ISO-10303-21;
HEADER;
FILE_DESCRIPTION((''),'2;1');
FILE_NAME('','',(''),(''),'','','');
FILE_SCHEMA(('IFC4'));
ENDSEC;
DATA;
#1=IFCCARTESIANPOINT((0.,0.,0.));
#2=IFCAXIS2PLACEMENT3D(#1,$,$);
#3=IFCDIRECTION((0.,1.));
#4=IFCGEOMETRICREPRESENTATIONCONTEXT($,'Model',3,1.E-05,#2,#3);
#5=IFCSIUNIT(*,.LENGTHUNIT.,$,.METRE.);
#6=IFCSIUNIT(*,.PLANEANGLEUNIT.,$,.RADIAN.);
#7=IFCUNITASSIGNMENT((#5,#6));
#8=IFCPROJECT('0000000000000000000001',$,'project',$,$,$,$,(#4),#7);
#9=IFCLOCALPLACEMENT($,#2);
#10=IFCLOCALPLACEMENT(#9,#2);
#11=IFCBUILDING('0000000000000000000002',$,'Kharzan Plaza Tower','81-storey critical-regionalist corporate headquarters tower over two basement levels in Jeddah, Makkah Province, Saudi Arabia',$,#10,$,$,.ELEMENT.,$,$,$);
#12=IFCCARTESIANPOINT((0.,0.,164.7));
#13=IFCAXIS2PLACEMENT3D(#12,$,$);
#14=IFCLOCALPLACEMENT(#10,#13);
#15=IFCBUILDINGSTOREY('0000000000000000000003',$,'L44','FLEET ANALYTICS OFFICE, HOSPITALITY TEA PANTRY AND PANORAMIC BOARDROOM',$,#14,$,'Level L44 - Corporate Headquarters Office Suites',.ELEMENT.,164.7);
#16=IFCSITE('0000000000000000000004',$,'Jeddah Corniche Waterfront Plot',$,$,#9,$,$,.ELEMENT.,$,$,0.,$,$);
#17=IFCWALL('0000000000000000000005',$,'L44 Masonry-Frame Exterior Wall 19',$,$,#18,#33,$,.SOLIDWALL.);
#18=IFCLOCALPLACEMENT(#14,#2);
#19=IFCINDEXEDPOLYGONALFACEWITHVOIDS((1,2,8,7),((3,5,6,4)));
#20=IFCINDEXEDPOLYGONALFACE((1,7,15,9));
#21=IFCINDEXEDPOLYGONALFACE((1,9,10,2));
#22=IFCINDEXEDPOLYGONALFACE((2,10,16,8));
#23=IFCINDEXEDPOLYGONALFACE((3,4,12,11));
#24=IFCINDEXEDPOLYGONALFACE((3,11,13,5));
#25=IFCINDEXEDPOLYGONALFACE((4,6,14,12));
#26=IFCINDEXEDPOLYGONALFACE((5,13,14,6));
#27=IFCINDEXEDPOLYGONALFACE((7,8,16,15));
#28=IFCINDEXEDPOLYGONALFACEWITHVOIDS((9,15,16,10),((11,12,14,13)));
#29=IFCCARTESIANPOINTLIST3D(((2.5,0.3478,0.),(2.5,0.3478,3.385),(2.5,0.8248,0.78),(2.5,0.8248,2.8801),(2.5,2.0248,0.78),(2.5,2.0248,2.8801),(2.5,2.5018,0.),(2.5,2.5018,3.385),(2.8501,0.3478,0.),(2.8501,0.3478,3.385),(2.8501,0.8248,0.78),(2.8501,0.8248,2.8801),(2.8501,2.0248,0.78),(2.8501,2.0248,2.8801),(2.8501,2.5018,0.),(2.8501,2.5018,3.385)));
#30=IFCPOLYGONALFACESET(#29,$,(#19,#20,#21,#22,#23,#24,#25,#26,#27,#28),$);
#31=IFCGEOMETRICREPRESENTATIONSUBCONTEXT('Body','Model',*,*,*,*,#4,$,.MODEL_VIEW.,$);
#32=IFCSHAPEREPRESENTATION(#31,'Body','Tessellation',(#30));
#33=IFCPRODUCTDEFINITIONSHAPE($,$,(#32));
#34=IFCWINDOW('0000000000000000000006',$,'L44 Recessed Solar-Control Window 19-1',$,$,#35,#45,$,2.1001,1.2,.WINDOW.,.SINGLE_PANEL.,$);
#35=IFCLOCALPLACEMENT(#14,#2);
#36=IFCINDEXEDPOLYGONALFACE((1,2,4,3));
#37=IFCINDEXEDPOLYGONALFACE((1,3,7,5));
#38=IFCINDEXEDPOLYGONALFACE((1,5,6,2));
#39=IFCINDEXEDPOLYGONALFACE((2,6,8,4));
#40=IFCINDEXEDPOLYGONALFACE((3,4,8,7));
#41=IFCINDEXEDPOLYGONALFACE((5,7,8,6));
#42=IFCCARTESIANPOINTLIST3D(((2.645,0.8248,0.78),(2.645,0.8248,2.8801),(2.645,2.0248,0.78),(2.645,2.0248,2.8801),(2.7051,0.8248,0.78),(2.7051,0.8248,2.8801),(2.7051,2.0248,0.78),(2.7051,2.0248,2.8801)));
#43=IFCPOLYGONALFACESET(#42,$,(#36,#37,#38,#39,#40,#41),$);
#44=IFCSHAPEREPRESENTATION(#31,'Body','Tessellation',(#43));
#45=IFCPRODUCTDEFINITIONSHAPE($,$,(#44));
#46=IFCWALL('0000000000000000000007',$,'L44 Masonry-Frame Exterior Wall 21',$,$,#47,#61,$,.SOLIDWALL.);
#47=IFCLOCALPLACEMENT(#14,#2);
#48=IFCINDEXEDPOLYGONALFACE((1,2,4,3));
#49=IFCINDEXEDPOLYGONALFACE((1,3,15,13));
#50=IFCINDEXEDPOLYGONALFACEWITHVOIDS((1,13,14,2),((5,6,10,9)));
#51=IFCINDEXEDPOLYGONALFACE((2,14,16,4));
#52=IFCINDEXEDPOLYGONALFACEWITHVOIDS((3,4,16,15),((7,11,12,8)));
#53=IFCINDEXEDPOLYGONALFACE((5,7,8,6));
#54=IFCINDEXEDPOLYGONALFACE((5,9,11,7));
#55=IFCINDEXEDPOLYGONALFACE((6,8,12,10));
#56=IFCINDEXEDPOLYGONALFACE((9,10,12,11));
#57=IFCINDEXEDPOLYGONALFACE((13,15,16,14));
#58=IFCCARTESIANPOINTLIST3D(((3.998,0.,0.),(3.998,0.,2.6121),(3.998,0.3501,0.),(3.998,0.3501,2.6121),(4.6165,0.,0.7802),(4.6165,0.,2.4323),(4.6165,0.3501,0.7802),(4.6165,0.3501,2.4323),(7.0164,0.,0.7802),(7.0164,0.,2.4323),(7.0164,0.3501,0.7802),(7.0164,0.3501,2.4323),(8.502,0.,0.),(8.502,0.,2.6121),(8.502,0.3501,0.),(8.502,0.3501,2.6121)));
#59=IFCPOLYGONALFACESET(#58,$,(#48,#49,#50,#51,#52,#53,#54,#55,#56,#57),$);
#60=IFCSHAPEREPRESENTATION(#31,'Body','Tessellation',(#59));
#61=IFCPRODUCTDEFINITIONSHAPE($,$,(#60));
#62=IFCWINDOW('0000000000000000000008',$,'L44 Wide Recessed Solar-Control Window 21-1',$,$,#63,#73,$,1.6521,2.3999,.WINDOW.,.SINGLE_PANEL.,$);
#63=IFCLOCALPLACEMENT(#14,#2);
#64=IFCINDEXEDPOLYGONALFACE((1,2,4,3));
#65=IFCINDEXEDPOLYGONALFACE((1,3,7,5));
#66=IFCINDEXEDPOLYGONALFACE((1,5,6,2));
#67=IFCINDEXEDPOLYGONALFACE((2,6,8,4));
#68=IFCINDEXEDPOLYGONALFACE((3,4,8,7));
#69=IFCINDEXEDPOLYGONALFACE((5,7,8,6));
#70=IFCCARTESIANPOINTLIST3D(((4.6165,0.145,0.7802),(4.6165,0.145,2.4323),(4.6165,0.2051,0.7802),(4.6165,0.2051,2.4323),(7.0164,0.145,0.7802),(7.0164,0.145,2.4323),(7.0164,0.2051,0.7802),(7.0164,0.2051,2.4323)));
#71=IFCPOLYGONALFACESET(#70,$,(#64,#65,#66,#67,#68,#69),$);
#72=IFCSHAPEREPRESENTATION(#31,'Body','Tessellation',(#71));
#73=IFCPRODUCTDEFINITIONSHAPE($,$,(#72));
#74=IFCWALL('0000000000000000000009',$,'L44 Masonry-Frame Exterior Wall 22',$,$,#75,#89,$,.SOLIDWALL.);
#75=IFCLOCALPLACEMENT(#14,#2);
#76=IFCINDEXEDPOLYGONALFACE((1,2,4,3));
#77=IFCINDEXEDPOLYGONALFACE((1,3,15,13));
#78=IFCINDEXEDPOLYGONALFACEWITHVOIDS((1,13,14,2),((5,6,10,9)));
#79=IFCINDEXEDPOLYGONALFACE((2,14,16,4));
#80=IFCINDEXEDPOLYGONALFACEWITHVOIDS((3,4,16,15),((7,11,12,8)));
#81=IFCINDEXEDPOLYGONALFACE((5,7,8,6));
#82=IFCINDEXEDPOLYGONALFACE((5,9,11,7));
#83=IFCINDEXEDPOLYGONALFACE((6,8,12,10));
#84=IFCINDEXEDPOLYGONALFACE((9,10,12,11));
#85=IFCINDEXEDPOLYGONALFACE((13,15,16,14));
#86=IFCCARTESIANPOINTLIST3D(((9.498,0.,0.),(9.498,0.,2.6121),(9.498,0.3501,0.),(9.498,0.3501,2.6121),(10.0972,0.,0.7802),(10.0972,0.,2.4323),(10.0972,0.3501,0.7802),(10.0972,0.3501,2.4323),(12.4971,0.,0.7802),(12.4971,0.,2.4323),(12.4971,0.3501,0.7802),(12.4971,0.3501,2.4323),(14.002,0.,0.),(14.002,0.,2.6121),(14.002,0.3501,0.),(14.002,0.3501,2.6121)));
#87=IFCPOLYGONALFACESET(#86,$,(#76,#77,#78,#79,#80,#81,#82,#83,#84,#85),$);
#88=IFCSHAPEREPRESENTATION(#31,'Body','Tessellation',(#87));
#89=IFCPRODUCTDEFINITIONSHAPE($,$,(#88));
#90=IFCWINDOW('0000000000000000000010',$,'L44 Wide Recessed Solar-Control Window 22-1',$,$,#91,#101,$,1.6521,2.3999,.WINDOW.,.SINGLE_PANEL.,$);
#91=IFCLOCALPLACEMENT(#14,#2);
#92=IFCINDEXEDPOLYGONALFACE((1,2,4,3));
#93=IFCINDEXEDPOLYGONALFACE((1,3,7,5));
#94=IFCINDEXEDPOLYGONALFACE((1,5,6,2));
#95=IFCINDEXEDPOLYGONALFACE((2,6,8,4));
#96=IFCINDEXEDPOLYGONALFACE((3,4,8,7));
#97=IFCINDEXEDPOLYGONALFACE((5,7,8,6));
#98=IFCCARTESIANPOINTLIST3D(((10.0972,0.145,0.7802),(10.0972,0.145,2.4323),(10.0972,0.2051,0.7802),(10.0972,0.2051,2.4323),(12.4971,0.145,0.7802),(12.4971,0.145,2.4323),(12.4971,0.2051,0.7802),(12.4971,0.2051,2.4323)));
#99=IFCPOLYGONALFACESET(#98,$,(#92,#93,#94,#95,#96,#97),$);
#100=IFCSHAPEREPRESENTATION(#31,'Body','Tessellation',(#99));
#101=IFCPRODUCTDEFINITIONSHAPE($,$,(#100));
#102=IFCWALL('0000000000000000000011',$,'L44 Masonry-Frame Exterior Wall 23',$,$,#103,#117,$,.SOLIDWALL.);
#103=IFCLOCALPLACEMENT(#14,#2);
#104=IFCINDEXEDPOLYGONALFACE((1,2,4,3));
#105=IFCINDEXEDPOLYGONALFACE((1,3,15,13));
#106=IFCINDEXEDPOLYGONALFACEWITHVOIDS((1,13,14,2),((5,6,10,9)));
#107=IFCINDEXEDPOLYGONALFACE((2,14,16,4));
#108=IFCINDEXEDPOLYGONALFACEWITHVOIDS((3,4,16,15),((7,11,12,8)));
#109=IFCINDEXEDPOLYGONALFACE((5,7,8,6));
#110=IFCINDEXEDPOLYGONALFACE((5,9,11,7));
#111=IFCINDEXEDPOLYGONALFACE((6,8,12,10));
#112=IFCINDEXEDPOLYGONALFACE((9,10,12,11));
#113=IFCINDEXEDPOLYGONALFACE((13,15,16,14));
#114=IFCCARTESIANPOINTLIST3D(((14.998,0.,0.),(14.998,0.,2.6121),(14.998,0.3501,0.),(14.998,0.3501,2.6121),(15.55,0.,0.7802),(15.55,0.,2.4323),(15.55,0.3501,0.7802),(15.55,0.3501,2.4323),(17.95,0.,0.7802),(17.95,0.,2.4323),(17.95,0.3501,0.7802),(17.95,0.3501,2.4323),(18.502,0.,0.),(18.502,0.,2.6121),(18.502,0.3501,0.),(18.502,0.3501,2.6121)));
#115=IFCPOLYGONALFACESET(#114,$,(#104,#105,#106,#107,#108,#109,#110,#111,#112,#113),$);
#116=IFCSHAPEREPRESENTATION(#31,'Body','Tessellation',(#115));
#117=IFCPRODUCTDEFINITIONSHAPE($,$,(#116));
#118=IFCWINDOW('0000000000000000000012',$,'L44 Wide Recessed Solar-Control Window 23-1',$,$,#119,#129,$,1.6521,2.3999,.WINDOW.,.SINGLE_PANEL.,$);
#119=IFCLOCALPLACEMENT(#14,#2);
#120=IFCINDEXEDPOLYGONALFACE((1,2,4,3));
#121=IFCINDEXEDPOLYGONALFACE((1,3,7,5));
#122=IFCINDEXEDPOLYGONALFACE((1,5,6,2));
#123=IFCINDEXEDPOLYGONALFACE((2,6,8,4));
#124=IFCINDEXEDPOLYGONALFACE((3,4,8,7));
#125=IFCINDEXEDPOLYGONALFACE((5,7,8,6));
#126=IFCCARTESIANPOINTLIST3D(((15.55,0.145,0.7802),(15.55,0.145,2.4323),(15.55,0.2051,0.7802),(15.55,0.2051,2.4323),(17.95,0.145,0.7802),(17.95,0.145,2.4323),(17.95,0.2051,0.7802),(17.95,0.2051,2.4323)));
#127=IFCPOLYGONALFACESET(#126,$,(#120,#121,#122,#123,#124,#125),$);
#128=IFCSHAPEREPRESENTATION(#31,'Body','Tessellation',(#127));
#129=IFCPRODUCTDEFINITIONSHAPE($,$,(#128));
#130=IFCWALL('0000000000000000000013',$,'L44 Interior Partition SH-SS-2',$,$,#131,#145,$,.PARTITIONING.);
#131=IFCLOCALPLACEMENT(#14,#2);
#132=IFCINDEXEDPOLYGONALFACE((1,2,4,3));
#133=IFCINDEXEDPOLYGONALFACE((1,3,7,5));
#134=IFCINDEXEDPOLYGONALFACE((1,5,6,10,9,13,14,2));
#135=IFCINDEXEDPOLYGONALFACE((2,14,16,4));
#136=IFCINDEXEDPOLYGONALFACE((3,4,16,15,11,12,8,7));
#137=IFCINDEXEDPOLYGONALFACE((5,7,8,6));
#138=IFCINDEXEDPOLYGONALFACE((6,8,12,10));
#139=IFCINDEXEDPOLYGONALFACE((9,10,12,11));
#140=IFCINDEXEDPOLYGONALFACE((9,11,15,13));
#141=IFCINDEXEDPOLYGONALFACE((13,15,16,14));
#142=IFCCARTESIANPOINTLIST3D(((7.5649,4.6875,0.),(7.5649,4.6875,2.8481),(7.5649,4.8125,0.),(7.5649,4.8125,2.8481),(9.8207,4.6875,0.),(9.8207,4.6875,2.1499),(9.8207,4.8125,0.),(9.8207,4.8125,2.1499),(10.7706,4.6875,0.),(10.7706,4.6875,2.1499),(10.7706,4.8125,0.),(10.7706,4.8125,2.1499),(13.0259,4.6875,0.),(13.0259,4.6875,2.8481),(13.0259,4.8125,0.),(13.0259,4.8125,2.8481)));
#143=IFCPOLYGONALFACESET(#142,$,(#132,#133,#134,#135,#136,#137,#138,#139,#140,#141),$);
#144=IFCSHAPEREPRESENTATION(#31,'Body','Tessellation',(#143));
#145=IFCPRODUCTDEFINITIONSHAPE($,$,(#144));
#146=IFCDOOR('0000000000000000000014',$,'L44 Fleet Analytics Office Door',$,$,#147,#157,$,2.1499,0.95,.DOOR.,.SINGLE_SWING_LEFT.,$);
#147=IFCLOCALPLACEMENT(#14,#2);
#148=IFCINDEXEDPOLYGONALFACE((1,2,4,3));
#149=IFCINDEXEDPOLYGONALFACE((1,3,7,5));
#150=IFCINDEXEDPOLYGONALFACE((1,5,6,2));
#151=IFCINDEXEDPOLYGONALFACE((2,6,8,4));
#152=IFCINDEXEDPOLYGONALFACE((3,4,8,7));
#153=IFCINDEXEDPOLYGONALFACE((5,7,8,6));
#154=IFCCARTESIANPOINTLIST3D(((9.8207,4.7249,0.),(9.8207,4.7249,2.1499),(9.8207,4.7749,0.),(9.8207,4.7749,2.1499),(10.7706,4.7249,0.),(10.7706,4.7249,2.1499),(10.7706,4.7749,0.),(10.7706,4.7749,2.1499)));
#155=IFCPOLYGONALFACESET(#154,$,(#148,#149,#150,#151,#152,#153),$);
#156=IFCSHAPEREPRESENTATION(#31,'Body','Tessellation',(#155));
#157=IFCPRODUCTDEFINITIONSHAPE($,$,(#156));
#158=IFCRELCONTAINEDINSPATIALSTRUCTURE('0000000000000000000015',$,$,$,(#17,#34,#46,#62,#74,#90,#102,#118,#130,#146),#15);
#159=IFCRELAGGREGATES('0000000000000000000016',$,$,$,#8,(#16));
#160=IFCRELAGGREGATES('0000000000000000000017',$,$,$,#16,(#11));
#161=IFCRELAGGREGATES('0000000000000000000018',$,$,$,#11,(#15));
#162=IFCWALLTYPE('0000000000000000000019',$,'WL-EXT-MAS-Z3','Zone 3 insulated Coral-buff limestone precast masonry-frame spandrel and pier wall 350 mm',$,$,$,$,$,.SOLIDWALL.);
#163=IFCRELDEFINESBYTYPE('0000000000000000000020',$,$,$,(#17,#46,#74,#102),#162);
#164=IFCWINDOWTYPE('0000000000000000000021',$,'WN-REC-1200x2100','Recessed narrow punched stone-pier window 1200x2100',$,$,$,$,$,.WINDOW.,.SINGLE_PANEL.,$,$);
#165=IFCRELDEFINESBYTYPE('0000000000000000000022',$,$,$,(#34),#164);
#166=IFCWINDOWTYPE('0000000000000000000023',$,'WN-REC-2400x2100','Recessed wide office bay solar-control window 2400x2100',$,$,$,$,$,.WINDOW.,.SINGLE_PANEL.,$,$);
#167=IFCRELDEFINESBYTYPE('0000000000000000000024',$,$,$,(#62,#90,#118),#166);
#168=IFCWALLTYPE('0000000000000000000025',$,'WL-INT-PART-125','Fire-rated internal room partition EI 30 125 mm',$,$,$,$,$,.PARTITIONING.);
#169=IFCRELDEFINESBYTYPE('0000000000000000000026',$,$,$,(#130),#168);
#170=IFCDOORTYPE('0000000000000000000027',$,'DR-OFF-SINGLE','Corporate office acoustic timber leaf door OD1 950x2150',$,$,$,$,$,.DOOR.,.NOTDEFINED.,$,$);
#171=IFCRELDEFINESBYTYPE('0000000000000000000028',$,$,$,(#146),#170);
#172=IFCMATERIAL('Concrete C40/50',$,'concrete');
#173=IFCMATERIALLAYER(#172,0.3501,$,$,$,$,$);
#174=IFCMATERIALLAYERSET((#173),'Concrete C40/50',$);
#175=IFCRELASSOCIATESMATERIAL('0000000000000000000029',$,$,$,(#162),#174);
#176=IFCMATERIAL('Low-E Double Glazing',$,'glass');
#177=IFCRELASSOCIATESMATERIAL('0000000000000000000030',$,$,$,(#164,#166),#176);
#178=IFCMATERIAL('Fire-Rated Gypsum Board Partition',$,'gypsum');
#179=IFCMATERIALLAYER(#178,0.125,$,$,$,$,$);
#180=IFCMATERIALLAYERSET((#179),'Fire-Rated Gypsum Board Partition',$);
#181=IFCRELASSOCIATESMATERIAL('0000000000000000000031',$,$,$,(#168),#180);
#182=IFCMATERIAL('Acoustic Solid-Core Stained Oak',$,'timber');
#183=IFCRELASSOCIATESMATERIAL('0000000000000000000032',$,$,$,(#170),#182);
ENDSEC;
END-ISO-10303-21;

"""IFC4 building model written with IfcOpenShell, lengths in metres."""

from ifc_helpers import new_model, si_unit, direction, frame, frame_2d, origin, place, context, subcontext, project, spatial, rectangle, extrude, source, transform, mapped, material, layer, layer_set, type_object, element, fill, save


model = new_model("IFC4")

# Units and contexts
model_context = context("Model", 3, precision=1e-05, world=origin(), true_north=direction((0.0, 1.0)))
body_context = subcontext(model_context, "Body", "Model", "MODEL_VIEW")
ifc_project = project(units=[si_unit("LENGTHUNIT", "METRE"), si_unit("PLANEANGLEUNIT", "RADIAN")], contexts=[model_context])

# Site, building, storey
site_placement = place(None, origin())
site = spatial("IfcSite", under=ifc_project, at=site_placement, Name="Jeddah Corniche Waterfront Plot", CompositionType="ELEMENT", RefElevation=0.0)
building_placement = place(site_placement, origin())
building = spatial("IfcBuilding", under=site, at=building_placement, Name="Kharzan Plaza Tower", Description="81-storey critical-regionalist corporate headquarters tower over two basement levels in Jeddah, Makkah Province, Saudi Arabia", CompositionType="ELEMENT")
storey_placement = place(building_placement, frame((0.0, 0.0, 164.7)))
storey = spatial("IfcBuildingStorey", under=building, at=storey_placement, Name="L44", Description="FLEET ANALYTICS OFFICE, HOSPITALITY TEA PANTRY AND PANORAMIC BOARDROOM", LongName="Level L44 - Corporate Headquarters Office Suites", CompositionType="ELEMENT", Elevation=164.7)

# Walls, openings, windows
ifc_material_1 = material(Name="Concrete C40/50", Category="concrete")
ifc_layer_1 = layer(ifc_material_1, 0.3501)
ifc_layer_set_1 = layer_set([ifc_layer_1], Name="Concrete C40/50")
wall_type_1 = type_object("IfcWallType", Name="WL-EXT-MAS-Z3", Description="Zone 3 insulated Coral-buff limestone precast masonry-frame spandrel and pier wall 350 mm", PredefinedType="SOLIDWALL", material=ifc_layer_set_1)
wall_1_placement = place(storey_placement, frame((2.675, 2.502, 0.0), z_axis=(0.0, 0.0, 1.0), x_axis=(0.0, -1.0, 0.0)))
wall_1 = element("IfcWall", 1, at=wall_1_placement, inside=storey, type_object=wall_type_1, Name="L44 Masonry-Frame Exterior Wall 19", PredefinedType="SOLIDWALL", context=body_context, shape_type="SweptSolid", body=[
    extrude(rectangle(XDim=2.1541, YDim=0.3501, at=frame_2d((1.0771, 0.0))), origin(), (0.0, 0.0, 1.0), 3.385),
])
opening_1_placement = place(wall_1_placement, frame((0.4771, 0.0, 0.78)))
opening_1 = element("IfcOpeningElement", 2, at=opening_1_placement, cuts=wall_1, PredefinedType="OPENING", context=body_context, shape_type="SweptSolid", body=[
    extrude(rectangle(XDim=1.2, YDim=2.1001, at=frame_2d((0.6001, 1.05))), frame((0.0, 0.1851, 0.0), z_axis=(0.0, -1.0, 0.0), x_axis=(1.0, 0.0, 0.0)), (0.0, 0.0, 1.0), 0.3701),
])
ifc_material_2 = material(Name="Low-E Double Glazing", Category="glass")
window_type_1 = type_object("IfcWindowType", Name="WN-REC-1200x2100", Description="Recessed narrow punched stone-pier window 1200x2100", PartitioningType="SINGLE_PANEL", PredefinedType="WINDOW", material=ifc_material_2)
shared_shape_1 = source(origin(), body_context, "Body", "SweptSolid", [
    extrude(rectangle(XDim=1.2, YDim=2.1001, at=frame_2d((0.6001, 1.05))), frame((0.0, 0.03, 0.0), z_axis=(0.0, -1.0, 0.0), x_axis=(1.0, 0.0, 0.0)), (0.0, 0.0, 1.0), 0.0601),
])
window_1_placement = place(opening_1_placement, origin())
window_1 = element("IfcWindow", 3, at=window_1_placement, inside=storey, type_object=window_type_1, Name="L44 Recessed Solar-Control Window 19-1", OverallHeight=2.1001, OverallWidth=1.2, PartitioningType="SINGLE_PANEL", PredefinedType="WINDOW", context=body_context, shape_type="MappedRepresentation", body=[
    mapped(shared_shape_1, transform((0.0, 0.0, 0.0), x_axis=(1.0, 0.0, 0.0), y_axis=(0.0, 1.0, 0.0), z_axis=(0.0, 0.0, 1.0))),
])
fill(opening_1, window_1)
wall_2_placement = place(storey_placement, frame((3.998, 0.175, 0.0), z_axis=(0.0, 0.0, 1.0), x_axis=(1.0, 0.0, 0.0)))
wall_2 = element("IfcWall", 4, at=wall_2_placement, inside=storey, type_object=wall_type_1, Name="L44 Masonry-Frame Exterior Wall 21", PredefinedType="SOLIDWALL", context=body_context, shape_type="SweptSolid", body=[
    extrude(rectangle(XDim=4.5039, YDim=0.3501, at=frame_2d((2.252, 0.0))), origin(), (0.0, 0.0, 1.0), 2.6121),
])
opening_2_placement = place(wall_2_placement, frame((0.6184, 0.0, 0.78)))
opening_2 = element("IfcOpeningElement", 5, at=opening_2_placement, cuts=wall_2, PredefinedType="OPENING", context=body_context, shape_type="SweptSolid", body=[
    extrude(rectangle(XDim=2.3999, YDim=1.6521, at=frame_2d((1.2, 0.8262))), frame((0.0, 0.1851, 0.0), z_axis=(0.0, -1.0, 0.0), x_axis=(1.0, 0.0, 0.0)), (0.0, 0.0, 1.0), 0.3701),
])
window_type_2 = type_object("IfcWindowType", Name="WN-REC-2400x2100", Description="Recessed wide office bay solar-control window 2400x2100", PartitioningType="SINGLE_PANEL", PredefinedType="WINDOW", material=ifc_material_2)
shared_shape_2 = source(origin(), body_context, "Body", "SweptSolid", [
    extrude(rectangle(XDim=2.3999, YDim=1.6521, at=frame_2d((1.2, 0.8262))), frame((0.0, 0.03, 0.0), z_axis=(0.0, -1.0, 0.0), x_axis=(1.0, 0.0, 0.0)), (0.0, 0.0, 1.0), 0.0601),
])
window_2_placement = place(opening_2_placement, origin())
window_2 = element("IfcWindow", 6, at=window_2_placement, inside=storey, type_object=window_type_2, Name="L44 Wide Recessed Solar-Control Window 21-1", OverallHeight=1.6521, OverallWidth=2.3999, PartitioningType="SINGLE_PANEL", PredefinedType="WINDOW", context=body_context, shape_type="MappedRepresentation", body=[
    mapped(shared_shape_2, transform((0.0, 0.0, 0.0), x_axis=(1.0, 0.0, 0.0), y_axis=(0.0, 1.0, 0.0), z_axis=(0.0, 0.0, 1.0))),
])
fill(opening_2, window_2)
wall_3_placement = place(storey_placement, frame((9.498, 0.175, 0.0), z_axis=(0.0, 0.0, 1.0), x_axis=(1.0, 0.0, 0.0)))
wall_3 = element("IfcWall", 7, at=wall_3_placement, inside=storey, type_object=wall_type_1, Name="L44 Masonry-Frame Exterior Wall 22", PredefinedType="SOLIDWALL", context=body_context, shape_type="SweptSolid", body=[
    extrude(rectangle(XDim=4.5039, YDim=0.3501, at=frame_2d((2.252, 0.0))), origin(), (0.0, 0.0, 1.0), 2.6121),
])
opening_3_placement = place(wall_3_placement, frame((0.5991, 0.0, 0.78)))
opening_3 = element("IfcOpeningElement", 8, at=opening_3_placement, cuts=wall_3, PredefinedType="OPENING", context=body_context, shape_type="SweptSolid", body=[
    extrude(rectangle(XDim=2.3999, YDim=1.6521, at=frame_2d((1.2, 0.8262))), frame((0.0, 0.1851, 0.0), z_axis=(0.0, -1.0, 0.0), x_axis=(1.0, 0.0, 0.0)), (0.0, 0.0, 1.0), 0.3701),
])
window_3_placement = place(opening_3_placement, origin())
window_3 = element("IfcWindow", 9, at=window_3_placement, inside=storey, type_object=window_type_2, Name="L44 Wide Recessed Solar-Control Window 22-1", OverallHeight=1.6521, OverallWidth=2.3999, PartitioningType="SINGLE_PANEL", PredefinedType="WINDOW", context=body_context, shape_type="MappedRepresentation", body=[
    mapped(shared_shape_2, transform((0.0, 0.0, 0.0), x_axis=(1.0, 0.0, 0.0), y_axis=(0.0, 1.0, 0.0), z_axis=(0.0, 0.0, 1.0))),
])
fill(opening_3, window_3)
wall_4_placement = place(storey_placement, frame((14.998, 0.175, 0.0), z_axis=(0.0, 0.0, 1.0), x_axis=(1.0, 0.0, 0.0)))
wall_4 = element("IfcWall", 10, at=wall_4_placement, inside=storey, type_object=wall_type_1, Name="L44 Masonry-Frame Exterior Wall 23", PredefinedType="SOLIDWALL", context=body_context, shape_type="SweptSolid", body=[
    extrude(rectangle(XDim=3.5039, YDim=0.3501, at=frame_2d((1.752, 0.0))), origin(), (0.0, 0.0, 1.0), 2.6121),
])
opening_4_placement = place(wall_4_placement, frame((0.552, 0.0, 0.78)))
opening_4 = element("IfcOpeningElement", 11, at=opening_4_placement, cuts=wall_4, PredefinedType="OPENING", context=body_context, shape_type="SweptSolid", body=[
    extrude(rectangle(XDim=2.3999, YDim=1.6521, at=frame_2d((1.2, 0.8262))), frame((0.0, 0.1851, 0.0), z_axis=(0.0, -1.0, 0.0), x_axis=(1.0, 0.0, 0.0)), (0.0, 0.0, 1.0), 0.3701),
])
window_4_placement = place(opening_4_placement, origin())
window_4 = element("IfcWindow", 12, at=window_4_placement, inside=storey, type_object=window_type_2, Name="L44 Wide Recessed Solar-Control Window 23-1", OverallHeight=1.6521, OverallWidth=2.3999, PartitioningType="SINGLE_PANEL", PredefinedType="WINDOW", context=body_context, shape_type="MappedRepresentation", body=[
    mapped(shared_shape_2, transform((0.0, 0.0, 0.0), x_axis=(1.0, 0.0, 0.0), y_axis=(0.0, 1.0, 0.0), z_axis=(0.0, 0.0, 1.0))),
])
fill(opening_4, window_4)

# Wall, opening, door
ifc_material_3 = material(Name="Fire-Rated Gypsum Board Partition", Category="gypsum")
ifc_layer_2 = layer(ifc_material_3, 0.125)
ifc_layer_set_2 = layer_set([ifc_layer_2], Name="Fire-Rated Gypsum Board Partition")
wall_type_2 = type_object("IfcWallType", Name="WL-INT-PART-125", Description="Fire-rated internal room partition EI 30 125 mm", PredefinedType="PARTITIONING", material=ifc_layer_set_2)
ifc_material_4 = material(Name="Acoustic Solid-Core Stained Oak", Category="timber")
door_type = type_object("IfcDoorType", Name="DR-OFF-SINGLE", Description="Corporate office acoustic timber leaf door OD1 950x2150", OperationType="NOTDEFINED", PredefinedType="DOOR", material=ifc_material_4)
shared_shape_3 = source(origin(), body_context, "Body", "SweptSolid", [
    extrude(rectangle(XDim=0.95, YDim=2.1499, at=frame_2d((0.4751, 1.075))), frame((0.0, 0.0249, 0.0), z_axis=(0.0, -1.0, 0.0), x_axis=(1.0, 0.0, 0.0)), (0.0, 0.0, 1.0), 0.05),
])
wall_5_placement = place(storey_placement, frame((7.5649, 4.75, 0.0), z_axis=(0.0, 0.0, 1.0), x_axis=(1.0, 0.0, 0.0)))
wall_5 = element("IfcWall", 13, at=wall_5_placement, inside=storey, type_object=wall_type_2, Name="L44 Interior Partition SH-SS-2", PredefinedType="PARTITIONING", context=body_context, shape_type="SweptSolid", body=[
    extrude(rectangle(XDim=5.4609, YDim=0.125, at=frame_2d((2.7305, 0.0))), origin(), (0.0, 0.0, 1.0), 2.8481),
])
opening_5_placement = place(wall_5_placement, frame((2.2556, 0.0, 0.0)))
opening_5 = element("IfcOpeningElement", 14, at=opening_5_placement, cuts=wall_5, PredefinedType="OPENING", context=body_context, shape_type="SweptSolid", body=[
    extrude(rectangle(XDim=0.95, YDim=2.1499, at=frame_2d((0.4751, 1.075))), frame((0.0, 0.0725, 0.0), z_axis=(0.0, -1.0, 0.0), x_axis=(1.0, 0.0, 0.0)), (0.0, 0.0, 1.0), 0.145),
])
door_1_placement = place(opening_5_placement, origin())
door_1 = element("IfcDoor", 15, at=door_1_placement, inside=storey, type_object=door_type, Name="L44 Fleet Analytics Office Door", OperationType="SINGLE_SWING_LEFT", OverallHeight=2.1499, OverallWidth=0.95, PredefinedType="DOOR", context=body_context, shape_type="MappedRepresentation", body=[
    mapped(shared_shape_3, transform((0.0, 0.0, 0.0), x_axis=(1.0, 0.0, 0.0), y_axis=(0.0, 1.0, 0.0), z_axis=(0.0, 0.0, 1.0))),
])
fill(opening_5, door_1)

save(model, "model.ifc")
